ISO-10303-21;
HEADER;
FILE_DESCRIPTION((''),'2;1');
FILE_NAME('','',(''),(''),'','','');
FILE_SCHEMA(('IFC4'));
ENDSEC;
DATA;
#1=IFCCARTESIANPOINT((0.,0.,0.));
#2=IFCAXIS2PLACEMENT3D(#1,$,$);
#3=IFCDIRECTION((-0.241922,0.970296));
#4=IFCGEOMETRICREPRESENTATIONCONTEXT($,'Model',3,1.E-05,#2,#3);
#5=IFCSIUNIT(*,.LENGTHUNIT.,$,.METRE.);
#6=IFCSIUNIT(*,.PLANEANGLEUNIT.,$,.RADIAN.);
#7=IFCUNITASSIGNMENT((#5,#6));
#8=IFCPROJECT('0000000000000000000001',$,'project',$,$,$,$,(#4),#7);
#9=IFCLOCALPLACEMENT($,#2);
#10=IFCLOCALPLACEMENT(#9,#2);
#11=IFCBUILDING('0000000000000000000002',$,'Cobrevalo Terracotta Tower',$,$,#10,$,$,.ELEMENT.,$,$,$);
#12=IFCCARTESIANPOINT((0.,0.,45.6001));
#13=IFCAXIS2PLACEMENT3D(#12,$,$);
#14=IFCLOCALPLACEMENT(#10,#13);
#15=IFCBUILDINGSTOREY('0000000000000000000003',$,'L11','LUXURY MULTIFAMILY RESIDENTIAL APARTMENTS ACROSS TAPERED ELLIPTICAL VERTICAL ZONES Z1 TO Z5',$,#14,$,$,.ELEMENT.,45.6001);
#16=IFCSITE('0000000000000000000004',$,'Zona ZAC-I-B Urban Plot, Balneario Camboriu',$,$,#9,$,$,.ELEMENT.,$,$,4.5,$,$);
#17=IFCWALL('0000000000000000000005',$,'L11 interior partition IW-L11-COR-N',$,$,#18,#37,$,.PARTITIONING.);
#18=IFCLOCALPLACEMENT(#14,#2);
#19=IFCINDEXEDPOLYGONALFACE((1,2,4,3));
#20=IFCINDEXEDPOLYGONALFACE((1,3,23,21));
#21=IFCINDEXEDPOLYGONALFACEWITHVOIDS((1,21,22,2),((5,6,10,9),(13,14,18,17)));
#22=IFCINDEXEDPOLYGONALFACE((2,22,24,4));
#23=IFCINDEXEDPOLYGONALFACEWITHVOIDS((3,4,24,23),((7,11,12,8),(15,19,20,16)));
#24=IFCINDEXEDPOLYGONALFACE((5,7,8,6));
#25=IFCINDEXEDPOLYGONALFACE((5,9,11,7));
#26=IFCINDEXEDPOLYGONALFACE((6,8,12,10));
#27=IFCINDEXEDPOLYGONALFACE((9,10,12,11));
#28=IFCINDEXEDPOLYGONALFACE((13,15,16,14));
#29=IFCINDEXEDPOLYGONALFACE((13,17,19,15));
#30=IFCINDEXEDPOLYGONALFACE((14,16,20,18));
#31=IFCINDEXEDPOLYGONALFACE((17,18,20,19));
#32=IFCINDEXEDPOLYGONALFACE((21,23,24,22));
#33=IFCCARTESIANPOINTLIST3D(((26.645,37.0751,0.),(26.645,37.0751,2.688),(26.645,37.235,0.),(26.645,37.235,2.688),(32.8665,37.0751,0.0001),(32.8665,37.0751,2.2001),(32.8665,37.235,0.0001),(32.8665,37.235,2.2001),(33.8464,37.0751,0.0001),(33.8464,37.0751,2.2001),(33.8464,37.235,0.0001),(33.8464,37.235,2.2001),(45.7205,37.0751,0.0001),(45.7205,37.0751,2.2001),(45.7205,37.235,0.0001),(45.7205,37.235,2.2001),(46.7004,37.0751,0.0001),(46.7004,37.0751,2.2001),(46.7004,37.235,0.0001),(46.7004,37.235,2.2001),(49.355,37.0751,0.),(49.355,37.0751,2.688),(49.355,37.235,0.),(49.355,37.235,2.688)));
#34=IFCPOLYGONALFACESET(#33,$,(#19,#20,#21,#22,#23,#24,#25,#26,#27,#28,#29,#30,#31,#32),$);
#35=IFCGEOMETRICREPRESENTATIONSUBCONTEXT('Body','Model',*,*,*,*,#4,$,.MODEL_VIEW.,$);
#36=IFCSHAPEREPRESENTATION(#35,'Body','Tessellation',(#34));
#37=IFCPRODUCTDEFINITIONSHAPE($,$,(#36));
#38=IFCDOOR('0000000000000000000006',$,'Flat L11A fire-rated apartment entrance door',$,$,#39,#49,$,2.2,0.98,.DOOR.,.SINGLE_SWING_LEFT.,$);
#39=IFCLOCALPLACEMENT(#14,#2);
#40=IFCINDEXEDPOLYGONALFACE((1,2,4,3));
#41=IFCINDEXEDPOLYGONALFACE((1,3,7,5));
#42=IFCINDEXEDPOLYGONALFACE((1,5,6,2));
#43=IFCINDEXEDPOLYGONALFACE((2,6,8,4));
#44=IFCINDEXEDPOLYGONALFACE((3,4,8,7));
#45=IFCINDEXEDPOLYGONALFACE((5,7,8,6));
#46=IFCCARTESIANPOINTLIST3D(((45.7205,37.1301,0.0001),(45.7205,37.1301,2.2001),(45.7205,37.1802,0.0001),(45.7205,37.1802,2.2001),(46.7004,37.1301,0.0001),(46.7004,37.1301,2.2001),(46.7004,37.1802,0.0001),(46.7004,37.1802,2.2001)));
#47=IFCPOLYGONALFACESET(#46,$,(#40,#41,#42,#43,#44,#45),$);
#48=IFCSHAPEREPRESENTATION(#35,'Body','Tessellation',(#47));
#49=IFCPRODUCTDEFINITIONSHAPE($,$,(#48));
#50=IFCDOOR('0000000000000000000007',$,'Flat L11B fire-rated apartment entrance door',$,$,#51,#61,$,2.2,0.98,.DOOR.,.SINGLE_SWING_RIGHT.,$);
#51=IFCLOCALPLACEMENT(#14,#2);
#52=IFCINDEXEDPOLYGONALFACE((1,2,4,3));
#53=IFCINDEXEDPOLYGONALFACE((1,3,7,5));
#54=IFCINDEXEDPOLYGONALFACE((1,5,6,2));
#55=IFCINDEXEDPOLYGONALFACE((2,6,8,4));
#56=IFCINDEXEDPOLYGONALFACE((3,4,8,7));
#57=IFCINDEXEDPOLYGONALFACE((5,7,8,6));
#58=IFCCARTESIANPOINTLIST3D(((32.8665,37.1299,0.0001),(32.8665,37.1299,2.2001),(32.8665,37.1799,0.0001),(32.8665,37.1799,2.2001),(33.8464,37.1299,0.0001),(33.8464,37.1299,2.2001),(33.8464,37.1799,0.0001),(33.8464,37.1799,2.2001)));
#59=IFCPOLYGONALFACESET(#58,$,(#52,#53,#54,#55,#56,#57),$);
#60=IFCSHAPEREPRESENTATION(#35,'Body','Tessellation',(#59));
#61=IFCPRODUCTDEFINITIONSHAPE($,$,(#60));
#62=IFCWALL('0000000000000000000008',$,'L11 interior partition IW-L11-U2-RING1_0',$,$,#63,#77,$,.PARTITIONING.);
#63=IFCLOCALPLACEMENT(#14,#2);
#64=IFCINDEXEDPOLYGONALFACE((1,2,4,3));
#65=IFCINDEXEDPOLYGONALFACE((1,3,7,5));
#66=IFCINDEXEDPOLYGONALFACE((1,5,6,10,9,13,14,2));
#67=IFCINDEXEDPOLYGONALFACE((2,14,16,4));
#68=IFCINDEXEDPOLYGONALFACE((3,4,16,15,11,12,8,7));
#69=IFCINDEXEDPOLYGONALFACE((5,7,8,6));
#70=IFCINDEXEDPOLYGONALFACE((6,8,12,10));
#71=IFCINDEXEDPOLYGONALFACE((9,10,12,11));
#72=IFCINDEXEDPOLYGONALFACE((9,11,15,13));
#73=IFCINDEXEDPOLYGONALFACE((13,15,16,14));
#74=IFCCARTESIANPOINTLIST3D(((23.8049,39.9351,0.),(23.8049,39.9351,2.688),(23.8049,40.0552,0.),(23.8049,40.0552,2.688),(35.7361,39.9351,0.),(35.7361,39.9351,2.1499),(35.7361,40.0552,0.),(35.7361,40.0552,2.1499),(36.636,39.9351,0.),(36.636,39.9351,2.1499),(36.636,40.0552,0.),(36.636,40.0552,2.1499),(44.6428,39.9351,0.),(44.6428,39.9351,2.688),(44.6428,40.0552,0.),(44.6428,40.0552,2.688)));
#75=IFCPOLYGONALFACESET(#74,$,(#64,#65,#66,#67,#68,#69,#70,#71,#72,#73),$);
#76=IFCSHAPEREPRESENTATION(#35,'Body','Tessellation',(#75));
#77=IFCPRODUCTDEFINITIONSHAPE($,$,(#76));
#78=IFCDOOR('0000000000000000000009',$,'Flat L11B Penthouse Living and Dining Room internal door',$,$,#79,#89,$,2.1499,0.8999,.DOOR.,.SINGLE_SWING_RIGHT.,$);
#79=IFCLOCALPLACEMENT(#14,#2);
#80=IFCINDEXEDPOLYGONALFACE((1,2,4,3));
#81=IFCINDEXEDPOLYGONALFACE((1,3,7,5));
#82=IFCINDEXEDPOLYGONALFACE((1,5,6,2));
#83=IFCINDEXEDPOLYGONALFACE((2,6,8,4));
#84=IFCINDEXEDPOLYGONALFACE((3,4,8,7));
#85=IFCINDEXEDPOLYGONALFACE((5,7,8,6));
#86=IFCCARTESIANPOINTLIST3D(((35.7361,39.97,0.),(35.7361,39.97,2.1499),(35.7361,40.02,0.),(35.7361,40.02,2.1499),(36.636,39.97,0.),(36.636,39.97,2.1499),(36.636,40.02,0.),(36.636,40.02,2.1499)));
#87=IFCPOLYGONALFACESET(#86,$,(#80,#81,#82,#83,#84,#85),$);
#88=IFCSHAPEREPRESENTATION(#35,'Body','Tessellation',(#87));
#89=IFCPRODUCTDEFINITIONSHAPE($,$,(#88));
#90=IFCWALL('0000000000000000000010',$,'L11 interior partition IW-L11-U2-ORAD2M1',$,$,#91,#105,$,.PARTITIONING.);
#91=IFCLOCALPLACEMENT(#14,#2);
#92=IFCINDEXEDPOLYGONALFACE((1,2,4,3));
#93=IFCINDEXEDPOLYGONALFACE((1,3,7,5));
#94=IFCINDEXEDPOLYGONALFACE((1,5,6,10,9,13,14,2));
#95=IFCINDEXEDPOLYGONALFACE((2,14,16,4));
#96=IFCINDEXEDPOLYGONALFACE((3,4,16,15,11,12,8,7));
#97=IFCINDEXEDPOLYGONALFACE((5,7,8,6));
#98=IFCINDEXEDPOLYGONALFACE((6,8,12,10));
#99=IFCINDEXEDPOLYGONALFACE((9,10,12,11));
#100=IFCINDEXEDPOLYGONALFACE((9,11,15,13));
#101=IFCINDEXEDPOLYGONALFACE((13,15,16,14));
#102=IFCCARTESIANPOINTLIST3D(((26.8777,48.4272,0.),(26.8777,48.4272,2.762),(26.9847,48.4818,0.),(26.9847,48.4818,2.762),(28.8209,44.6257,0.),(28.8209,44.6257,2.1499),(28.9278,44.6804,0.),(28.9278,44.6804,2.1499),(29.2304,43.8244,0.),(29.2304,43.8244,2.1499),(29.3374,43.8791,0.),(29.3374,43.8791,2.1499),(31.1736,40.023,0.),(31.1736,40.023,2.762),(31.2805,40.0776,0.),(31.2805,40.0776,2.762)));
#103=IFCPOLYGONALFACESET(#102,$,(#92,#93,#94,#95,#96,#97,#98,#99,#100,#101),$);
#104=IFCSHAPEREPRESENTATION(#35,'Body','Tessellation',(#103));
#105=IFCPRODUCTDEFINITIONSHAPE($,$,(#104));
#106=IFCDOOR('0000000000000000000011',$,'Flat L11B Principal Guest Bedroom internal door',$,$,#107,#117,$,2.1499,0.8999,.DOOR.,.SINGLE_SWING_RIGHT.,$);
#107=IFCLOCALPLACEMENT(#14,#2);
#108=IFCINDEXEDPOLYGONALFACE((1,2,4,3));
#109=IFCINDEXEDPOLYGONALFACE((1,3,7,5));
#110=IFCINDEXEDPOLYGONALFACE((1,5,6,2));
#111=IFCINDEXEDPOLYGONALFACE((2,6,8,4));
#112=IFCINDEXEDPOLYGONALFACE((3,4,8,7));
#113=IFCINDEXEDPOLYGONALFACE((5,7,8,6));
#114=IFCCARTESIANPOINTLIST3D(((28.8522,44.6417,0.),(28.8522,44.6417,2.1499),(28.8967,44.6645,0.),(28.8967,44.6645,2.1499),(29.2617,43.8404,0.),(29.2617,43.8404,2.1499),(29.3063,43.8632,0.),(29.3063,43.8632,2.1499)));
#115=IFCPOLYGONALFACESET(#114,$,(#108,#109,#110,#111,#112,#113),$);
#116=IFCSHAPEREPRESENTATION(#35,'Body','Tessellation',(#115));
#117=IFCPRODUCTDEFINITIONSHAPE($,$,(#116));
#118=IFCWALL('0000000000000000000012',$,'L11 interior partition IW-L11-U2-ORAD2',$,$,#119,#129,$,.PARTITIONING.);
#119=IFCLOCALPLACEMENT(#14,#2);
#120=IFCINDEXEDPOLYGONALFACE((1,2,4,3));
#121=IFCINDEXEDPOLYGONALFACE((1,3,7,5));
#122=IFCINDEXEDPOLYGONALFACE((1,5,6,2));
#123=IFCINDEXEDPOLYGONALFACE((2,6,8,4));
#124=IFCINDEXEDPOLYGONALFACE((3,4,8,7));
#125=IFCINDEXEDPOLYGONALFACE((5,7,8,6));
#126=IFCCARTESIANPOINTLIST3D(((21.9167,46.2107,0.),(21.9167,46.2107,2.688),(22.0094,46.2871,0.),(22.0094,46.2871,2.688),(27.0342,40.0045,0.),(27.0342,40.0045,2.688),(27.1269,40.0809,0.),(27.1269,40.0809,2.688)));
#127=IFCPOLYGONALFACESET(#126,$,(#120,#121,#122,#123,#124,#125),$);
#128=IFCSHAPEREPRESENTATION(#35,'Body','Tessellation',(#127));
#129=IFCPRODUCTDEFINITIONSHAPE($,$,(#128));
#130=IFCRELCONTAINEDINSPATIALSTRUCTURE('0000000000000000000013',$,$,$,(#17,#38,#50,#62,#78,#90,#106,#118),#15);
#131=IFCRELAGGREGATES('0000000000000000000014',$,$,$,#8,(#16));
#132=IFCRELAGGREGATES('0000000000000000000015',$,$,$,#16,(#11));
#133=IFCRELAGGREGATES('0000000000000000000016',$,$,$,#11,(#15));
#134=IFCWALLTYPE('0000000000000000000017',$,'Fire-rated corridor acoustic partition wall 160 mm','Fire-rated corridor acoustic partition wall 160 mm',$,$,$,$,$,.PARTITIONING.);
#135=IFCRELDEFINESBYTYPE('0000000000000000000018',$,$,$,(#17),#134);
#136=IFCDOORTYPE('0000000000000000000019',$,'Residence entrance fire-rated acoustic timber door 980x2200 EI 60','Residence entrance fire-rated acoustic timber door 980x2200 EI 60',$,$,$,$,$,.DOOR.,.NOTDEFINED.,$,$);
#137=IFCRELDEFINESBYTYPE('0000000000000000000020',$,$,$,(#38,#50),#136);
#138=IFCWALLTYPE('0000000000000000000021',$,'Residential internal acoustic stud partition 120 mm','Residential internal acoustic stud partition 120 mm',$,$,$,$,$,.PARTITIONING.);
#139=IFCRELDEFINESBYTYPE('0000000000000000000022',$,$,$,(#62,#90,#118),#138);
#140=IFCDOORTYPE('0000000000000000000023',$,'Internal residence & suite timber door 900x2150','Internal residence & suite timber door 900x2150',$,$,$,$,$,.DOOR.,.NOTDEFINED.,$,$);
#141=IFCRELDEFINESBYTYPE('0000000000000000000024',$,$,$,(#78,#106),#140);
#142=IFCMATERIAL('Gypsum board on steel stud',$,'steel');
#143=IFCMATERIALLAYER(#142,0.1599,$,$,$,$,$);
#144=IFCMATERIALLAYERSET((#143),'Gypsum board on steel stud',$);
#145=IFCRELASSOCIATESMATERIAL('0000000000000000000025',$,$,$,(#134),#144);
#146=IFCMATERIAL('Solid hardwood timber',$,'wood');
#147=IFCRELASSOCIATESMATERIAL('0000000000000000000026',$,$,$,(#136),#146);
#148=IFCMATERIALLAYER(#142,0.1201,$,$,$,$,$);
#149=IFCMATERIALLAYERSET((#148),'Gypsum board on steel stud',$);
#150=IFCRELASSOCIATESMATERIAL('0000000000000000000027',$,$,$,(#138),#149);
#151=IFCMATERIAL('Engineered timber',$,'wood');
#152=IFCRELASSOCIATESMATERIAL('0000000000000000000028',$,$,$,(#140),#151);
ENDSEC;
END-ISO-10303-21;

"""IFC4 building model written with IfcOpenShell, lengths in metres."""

from ifc_helpers import new_model, si_unit, direction, frame, frame_2d, origin, place, context, subcontext, project, spatial, rectangle, extrude, source, transform, mapped, material, layer, layer_set, type_object, element, fill, save


model = new_model("IFC4")

# Units and contexts
model_context = context("Model", 3, precision=1e-05, world=origin(), true_north=direction((-0.241922, 0.970296)))
body_context = subcontext(model_context, "Body", "Model", "MODEL_VIEW")
ifc_project = project(units=[si_unit("LENGTHUNIT", "METRE"), si_unit("PLANEANGLEUNIT", "RADIAN")], contexts=[model_context])

# Site, building, storey
site_placement = place(None, origin())
site = spatial("IfcSite", under=ifc_project, at=site_placement, Name="Zona ZAC-I-B Urban Plot, Balneario Camboriu", CompositionType="ELEMENT", RefElevation=4.5)
building_placement = place(site_placement, origin())
building = spatial("IfcBuilding", under=site, at=building_placement, Name="Cobrevalo Terracotta Tower", CompositionType="ELEMENT")
storey_placement = place(building_placement, frame((0.0, 0.0, 45.6001)))
storey = spatial("IfcBuildingStorey", under=building, at=storey_placement, Name="L11", Description="LUXURY MULTIFAMILY RESIDENTIAL APARTMENTS ACROSS TAPERED ELLIPTICAL VERTICAL ZONES Z1 TO Z5", CompositionType="ELEMENT", Elevation=45.6001)

# Wall, openings, doors
ifc_material_1 = material(Name="Gypsum board on steel stud", Category="steel")
ifc_layer_1 = layer(ifc_material_1, 0.1599)
ifc_layer_set_1 = layer_set([ifc_layer_1], Name="Gypsum board on steel stud")
wall_type_1 = type_object("IfcWallType", Name="Fire-rated corridor acoustic partition wall 160 mm", Description="Fire-rated corridor acoustic partition wall 160 mm", PredefinedType="PARTITIONING", material=ifc_layer_set_1)
wall_1_placement = place(storey_placement, frame((26.645, 37.155, 0.0), z_axis=(0.0, 0.0, 1.0), x_axis=(1.0, 0.0, 0.0)))
wall_1 = element("IfcWall", 1, at=wall_1_placement, inside=storey, type_object=wall_type_1, Name="L11 interior partition IW-L11-COR-N", PredefinedType="PARTITIONING", context=body_context, shape_type="SweptSolid", body=[
    extrude(rectangle(XDim=22.71, YDim=0.1599, at=frame_2d((11.355, 0.0))), origin(), (0.0, 0.0, 1.0), 2.688),
])
opening_1_placement = place(wall_1_placement, frame((19.0754, 0.0, 0.0)))
opening_1 = element("IfcOpeningElement", 2, at=opening_1_placement, cuts=wall_1, PredefinedType="OPENING", context=body_context, shape_type="SweptSolid", body=[
    extrude(rectangle(XDim=0.98, YDim=2.2, at=frame_2d((0.49, 1.1001))), frame((0.0, 0.0898, 0.0), z_axis=(0.0, -1.0, 0.0), x_axis=(1.0, 0.0, 0.0)), (0.0, 0.0, 1.0), 0.1799),
])
opening_2_placement = place(wall_1_placement, frame((6.2214, 0.0, 0.0)))
opening_2 = element("IfcOpeningElement", 3, at=opening_2_placement, cuts=wall_1, PredefinedType="OPENING", context=body_context, shape_type="SweptSolid", body=[
    extrude(rectangle(XDim=0.98, YDim=2.2, at=frame_2d((0.49, 1.1001))), frame((0.0, 0.0898, 0.0), z_axis=(0.0, -1.0, 0.0), x_axis=(1.0, 0.0, 0.0)), (0.0, 0.0, 1.0), 0.1799),
])
ifc_material_2 = material(Name="Solid hardwood timber", Category="wood")
door_type_1 = type_object("IfcDoorType", Name="Residence entrance fire-rated acoustic timber door 980x2200 EI 60", Description="Residence entrance fire-rated acoustic timber door 980x2200 EI 60", OperationType="NOTDEFINED", PredefinedType="DOOR", material=ifc_material_2)
shared_shape_1 = source(origin(), body_context, "Body", "SweptSolid", [
    extrude(rectangle(XDim=0.98, YDim=2.2, at=frame_2d((0.49, 1.1001))), frame((0.0, 0.0249, 0.0), z_axis=(0.0, -1.0, 0.0), x_axis=(1.0, 0.0, 0.0)), (0.0, 0.0, 1.0), 0.05),
])
door_1_placement = place(opening_1_placement, frame((0.98, 0.0, 0.0), z_axis=(0.0, 0.0, 1.0), x_axis=(-1.0, 0.0, 0.0)))
door_1 = element("IfcDoor", 4, at=door_1_placement, inside=storey, type_object=door_type_1, Name="Flat L11A fire-rated apartment entrance door", OperationType="SINGLE_SWING_LEFT", OverallHeight=2.2, OverallWidth=0.98, PredefinedType="DOOR", context=body_context, shape_type="MappedRepresentation", body=[
    mapped(shared_shape_1, transform((0.0, 0.0, 0.0), scale=1.0)),
])
fill(opening_1, door_1)
door_2_placement = place(opening_2_placement, origin())
door_2 = element("IfcDoor", 5, at=door_2_placement, inside=storey, type_object=door_type_1, Name="Flat L11B fire-rated apartment entrance door", OperationType="SINGLE_SWING_RIGHT", OverallHeight=2.2, OverallWidth=0.98, PredefinedType="DOOR", context=body_context, shape_type="MappedRepresentation", body=[
    mapped(shared_shape_1, transform((0.0, 0.0, 0.0), scale=1.0)),
])
fill(opening_2, door_2)

# Walls, openings, doors
ifc_layer_2 = layer(ifc_material_1, 0.1201)
ifc_layer_set_2 = layer_set([ifc_layer_2], Name="Gypsum board on steel stud")
wall_type_2 = type_object("IfcWallType", Name="Residential internal acoustic stud partition 120 mm", Description="Residential internal acoustic stud partition 120 mm", PredefinedType="PARTITIONING", material=ifc_layer_set_2)
wall_2_placement = place(storey_placement, frame((23.8049, 39.9951, 0.0), z_axis=(0.0, 0.0, 1.0), x_axis=(1.0, 0.0, 0.0)))
wall_2 = element("IfcWall", 6, at=wall_2_placement, inside=storey, type_object=wall_type_2, Name="L11 interior partition IW-L11-U2-RING1_0", PredefinedType="PARTITIONING", context=body_context, shape_type="SweptSolid", body=[
    extrude(rectangle(XDim=20.8379, YDim=0.1201, at=frame_2d((10.4189, 0.0))), origin(), (0.0, 0.0, 1.0), 2.688),
])
opening_3_placement = place(wall_2_placement, frame((11.9312, 0.0, 0.0)))
opening_3 = element("IfcOpeningElement", 7, at=opening_3_placement, cuts=wall_2, PredefinedType="OPENING", context=body_context, shape_type="SweptSolid", body=[
    extrude(rectangle(XDim=0.8999, YDim=2.1499, at=frame_2d((0.45, 1.075))), frame((0.0, 0.0701, 0.0), z_axis=(0.0, -1.0, 0.0), x_axis=(1.0, 0.0, 0.0)), (0.0, 0.0, 1.0), 0.1401),
])
ifc_material_3 = material(Name="Engineered timber", Category="wood")
door_type_2 = type_object("IfcDoorType", Name="Internal residence & suite timber door 900x2150", Description="Internal residence & suite timber door 900x2150", OperationType="NOTDEFINED", PredefinedType="DOOR", material=ifc_material_3)
shared_shape_2 = source(origin(), body_context, "Body", "SweptSolid", [
    extrude(rectangle(XDim=0.8999, YDim=2.1499, at=frame_2d((0.45, 1.075))), frame((0.0, 0.0249, 0.0), z_axis=(0.0, -1.0, 0.0), x_axis=(1.0, 0.0, 0.0)), (0.0, 0.0, 1.0), 0.05),
])
door_3_placement = place(opening_3_placement, origin())
door_3 = element("IfcDoor", 8, at=door_3_placement, inside=storey, type_object=door_type_2, Name="Flat L11B Penthouse Living and Dining Room internal door", OperationType="SINGLE_SWING_RIGHT", OverallHeight=2.1499, OverallWidth=0.8999, PredefinedType="DOOR", context=body_context, shape_type="MappedRepresentation", body=[
    mapped(shared_shape_2, transform((0.0, 0.0, 0.0), scale=1.0)),
])
fill(opening_3, door_3)
wall_3_placement = place(storey_placement, frame((31.2271, 40.0503, 0.0), z_axis=(0.0, 0.0, 1.0), x_axis=(-0.455142, 0.890419, 0.0)))
wall_3 = element("IfcWall", 9, at=wall_3_placement, inside=storey, type_object=wall_type_2, Name="L11 interior partition IW-L11-U2-ORAD2M1", PredefinedType="PARTITIONING", context=body_context, shape_type="SweptSolid", body=[
    extrude(rectangle(XDim=9.4385, YDim=0.1201, at=frame_2d((4.7192, 0.0))), origin(), (0.0, 0.0, 1.0), 2.762),
])
opening_4_placement = place(wall_3_placement, frame((4.2693, 0.0, 0.0)))
opening_4 = element("IfcOpeningElement", 10, at=opening_4_placement, cuts=wall_3, PredefinedType="OPENING", context=body_context, shape_type="SweptSolid", body=[
    extrude(rectangle(XDim=0.8999, YDim=2.1499, at=frame_2d((0.45, 1.075))), frame((0.0, 0.0701, 0.0), z_axis=(0.0, -1.0, 0.0), x_axis=(1.0, 0.0, 0.0)), (0.0, 0.0, 1.0), 0.1401),
])
door_4_placement = place(opening_4_placement, origin())
door_4 = element("IfcDoor", 11, at=door_4_placement, inside=storey, type_object=door_type_2, Name="Flat L11B Principal Guest Bedroom internal door", OperationType="SINGLE_SWING_RIGHT", OverallHeight=2.1499, OverallWidth=0.8999, PredefinedType="DOOR", context=body_context, shape_type="MappedRepresentation", body=[
    mapped(shared_shape_2, transform((0.0, 0.0, 0.0), scale=1.0)),
])
fill(opening_4, door_4)

# Wall
wall_4_placement = place(storey_placement, frame((27.0806, 40.0427, 0.0), z_axis=(0.0, 0.0, 1.0), x_axis=(-0.636193, 0.77153, 0.0)))
element("IfcWall", 12, at=wall_4_placement, inside=storey, type_object=wall_type_2, Name="L11 interior partition IW-L11-U2-ORAD2", PredefinedType="PARTITIONING", context=body_context, shape_type="SweptSolid", body=[
    extrude(rectangle(XDim=8.0439, YDim=0.1201, at=frame_2d((4.022, 0.0))), origin(), (0.0, 0.0, 1.0), 2.688),
])

save(model, "model.ifc")
